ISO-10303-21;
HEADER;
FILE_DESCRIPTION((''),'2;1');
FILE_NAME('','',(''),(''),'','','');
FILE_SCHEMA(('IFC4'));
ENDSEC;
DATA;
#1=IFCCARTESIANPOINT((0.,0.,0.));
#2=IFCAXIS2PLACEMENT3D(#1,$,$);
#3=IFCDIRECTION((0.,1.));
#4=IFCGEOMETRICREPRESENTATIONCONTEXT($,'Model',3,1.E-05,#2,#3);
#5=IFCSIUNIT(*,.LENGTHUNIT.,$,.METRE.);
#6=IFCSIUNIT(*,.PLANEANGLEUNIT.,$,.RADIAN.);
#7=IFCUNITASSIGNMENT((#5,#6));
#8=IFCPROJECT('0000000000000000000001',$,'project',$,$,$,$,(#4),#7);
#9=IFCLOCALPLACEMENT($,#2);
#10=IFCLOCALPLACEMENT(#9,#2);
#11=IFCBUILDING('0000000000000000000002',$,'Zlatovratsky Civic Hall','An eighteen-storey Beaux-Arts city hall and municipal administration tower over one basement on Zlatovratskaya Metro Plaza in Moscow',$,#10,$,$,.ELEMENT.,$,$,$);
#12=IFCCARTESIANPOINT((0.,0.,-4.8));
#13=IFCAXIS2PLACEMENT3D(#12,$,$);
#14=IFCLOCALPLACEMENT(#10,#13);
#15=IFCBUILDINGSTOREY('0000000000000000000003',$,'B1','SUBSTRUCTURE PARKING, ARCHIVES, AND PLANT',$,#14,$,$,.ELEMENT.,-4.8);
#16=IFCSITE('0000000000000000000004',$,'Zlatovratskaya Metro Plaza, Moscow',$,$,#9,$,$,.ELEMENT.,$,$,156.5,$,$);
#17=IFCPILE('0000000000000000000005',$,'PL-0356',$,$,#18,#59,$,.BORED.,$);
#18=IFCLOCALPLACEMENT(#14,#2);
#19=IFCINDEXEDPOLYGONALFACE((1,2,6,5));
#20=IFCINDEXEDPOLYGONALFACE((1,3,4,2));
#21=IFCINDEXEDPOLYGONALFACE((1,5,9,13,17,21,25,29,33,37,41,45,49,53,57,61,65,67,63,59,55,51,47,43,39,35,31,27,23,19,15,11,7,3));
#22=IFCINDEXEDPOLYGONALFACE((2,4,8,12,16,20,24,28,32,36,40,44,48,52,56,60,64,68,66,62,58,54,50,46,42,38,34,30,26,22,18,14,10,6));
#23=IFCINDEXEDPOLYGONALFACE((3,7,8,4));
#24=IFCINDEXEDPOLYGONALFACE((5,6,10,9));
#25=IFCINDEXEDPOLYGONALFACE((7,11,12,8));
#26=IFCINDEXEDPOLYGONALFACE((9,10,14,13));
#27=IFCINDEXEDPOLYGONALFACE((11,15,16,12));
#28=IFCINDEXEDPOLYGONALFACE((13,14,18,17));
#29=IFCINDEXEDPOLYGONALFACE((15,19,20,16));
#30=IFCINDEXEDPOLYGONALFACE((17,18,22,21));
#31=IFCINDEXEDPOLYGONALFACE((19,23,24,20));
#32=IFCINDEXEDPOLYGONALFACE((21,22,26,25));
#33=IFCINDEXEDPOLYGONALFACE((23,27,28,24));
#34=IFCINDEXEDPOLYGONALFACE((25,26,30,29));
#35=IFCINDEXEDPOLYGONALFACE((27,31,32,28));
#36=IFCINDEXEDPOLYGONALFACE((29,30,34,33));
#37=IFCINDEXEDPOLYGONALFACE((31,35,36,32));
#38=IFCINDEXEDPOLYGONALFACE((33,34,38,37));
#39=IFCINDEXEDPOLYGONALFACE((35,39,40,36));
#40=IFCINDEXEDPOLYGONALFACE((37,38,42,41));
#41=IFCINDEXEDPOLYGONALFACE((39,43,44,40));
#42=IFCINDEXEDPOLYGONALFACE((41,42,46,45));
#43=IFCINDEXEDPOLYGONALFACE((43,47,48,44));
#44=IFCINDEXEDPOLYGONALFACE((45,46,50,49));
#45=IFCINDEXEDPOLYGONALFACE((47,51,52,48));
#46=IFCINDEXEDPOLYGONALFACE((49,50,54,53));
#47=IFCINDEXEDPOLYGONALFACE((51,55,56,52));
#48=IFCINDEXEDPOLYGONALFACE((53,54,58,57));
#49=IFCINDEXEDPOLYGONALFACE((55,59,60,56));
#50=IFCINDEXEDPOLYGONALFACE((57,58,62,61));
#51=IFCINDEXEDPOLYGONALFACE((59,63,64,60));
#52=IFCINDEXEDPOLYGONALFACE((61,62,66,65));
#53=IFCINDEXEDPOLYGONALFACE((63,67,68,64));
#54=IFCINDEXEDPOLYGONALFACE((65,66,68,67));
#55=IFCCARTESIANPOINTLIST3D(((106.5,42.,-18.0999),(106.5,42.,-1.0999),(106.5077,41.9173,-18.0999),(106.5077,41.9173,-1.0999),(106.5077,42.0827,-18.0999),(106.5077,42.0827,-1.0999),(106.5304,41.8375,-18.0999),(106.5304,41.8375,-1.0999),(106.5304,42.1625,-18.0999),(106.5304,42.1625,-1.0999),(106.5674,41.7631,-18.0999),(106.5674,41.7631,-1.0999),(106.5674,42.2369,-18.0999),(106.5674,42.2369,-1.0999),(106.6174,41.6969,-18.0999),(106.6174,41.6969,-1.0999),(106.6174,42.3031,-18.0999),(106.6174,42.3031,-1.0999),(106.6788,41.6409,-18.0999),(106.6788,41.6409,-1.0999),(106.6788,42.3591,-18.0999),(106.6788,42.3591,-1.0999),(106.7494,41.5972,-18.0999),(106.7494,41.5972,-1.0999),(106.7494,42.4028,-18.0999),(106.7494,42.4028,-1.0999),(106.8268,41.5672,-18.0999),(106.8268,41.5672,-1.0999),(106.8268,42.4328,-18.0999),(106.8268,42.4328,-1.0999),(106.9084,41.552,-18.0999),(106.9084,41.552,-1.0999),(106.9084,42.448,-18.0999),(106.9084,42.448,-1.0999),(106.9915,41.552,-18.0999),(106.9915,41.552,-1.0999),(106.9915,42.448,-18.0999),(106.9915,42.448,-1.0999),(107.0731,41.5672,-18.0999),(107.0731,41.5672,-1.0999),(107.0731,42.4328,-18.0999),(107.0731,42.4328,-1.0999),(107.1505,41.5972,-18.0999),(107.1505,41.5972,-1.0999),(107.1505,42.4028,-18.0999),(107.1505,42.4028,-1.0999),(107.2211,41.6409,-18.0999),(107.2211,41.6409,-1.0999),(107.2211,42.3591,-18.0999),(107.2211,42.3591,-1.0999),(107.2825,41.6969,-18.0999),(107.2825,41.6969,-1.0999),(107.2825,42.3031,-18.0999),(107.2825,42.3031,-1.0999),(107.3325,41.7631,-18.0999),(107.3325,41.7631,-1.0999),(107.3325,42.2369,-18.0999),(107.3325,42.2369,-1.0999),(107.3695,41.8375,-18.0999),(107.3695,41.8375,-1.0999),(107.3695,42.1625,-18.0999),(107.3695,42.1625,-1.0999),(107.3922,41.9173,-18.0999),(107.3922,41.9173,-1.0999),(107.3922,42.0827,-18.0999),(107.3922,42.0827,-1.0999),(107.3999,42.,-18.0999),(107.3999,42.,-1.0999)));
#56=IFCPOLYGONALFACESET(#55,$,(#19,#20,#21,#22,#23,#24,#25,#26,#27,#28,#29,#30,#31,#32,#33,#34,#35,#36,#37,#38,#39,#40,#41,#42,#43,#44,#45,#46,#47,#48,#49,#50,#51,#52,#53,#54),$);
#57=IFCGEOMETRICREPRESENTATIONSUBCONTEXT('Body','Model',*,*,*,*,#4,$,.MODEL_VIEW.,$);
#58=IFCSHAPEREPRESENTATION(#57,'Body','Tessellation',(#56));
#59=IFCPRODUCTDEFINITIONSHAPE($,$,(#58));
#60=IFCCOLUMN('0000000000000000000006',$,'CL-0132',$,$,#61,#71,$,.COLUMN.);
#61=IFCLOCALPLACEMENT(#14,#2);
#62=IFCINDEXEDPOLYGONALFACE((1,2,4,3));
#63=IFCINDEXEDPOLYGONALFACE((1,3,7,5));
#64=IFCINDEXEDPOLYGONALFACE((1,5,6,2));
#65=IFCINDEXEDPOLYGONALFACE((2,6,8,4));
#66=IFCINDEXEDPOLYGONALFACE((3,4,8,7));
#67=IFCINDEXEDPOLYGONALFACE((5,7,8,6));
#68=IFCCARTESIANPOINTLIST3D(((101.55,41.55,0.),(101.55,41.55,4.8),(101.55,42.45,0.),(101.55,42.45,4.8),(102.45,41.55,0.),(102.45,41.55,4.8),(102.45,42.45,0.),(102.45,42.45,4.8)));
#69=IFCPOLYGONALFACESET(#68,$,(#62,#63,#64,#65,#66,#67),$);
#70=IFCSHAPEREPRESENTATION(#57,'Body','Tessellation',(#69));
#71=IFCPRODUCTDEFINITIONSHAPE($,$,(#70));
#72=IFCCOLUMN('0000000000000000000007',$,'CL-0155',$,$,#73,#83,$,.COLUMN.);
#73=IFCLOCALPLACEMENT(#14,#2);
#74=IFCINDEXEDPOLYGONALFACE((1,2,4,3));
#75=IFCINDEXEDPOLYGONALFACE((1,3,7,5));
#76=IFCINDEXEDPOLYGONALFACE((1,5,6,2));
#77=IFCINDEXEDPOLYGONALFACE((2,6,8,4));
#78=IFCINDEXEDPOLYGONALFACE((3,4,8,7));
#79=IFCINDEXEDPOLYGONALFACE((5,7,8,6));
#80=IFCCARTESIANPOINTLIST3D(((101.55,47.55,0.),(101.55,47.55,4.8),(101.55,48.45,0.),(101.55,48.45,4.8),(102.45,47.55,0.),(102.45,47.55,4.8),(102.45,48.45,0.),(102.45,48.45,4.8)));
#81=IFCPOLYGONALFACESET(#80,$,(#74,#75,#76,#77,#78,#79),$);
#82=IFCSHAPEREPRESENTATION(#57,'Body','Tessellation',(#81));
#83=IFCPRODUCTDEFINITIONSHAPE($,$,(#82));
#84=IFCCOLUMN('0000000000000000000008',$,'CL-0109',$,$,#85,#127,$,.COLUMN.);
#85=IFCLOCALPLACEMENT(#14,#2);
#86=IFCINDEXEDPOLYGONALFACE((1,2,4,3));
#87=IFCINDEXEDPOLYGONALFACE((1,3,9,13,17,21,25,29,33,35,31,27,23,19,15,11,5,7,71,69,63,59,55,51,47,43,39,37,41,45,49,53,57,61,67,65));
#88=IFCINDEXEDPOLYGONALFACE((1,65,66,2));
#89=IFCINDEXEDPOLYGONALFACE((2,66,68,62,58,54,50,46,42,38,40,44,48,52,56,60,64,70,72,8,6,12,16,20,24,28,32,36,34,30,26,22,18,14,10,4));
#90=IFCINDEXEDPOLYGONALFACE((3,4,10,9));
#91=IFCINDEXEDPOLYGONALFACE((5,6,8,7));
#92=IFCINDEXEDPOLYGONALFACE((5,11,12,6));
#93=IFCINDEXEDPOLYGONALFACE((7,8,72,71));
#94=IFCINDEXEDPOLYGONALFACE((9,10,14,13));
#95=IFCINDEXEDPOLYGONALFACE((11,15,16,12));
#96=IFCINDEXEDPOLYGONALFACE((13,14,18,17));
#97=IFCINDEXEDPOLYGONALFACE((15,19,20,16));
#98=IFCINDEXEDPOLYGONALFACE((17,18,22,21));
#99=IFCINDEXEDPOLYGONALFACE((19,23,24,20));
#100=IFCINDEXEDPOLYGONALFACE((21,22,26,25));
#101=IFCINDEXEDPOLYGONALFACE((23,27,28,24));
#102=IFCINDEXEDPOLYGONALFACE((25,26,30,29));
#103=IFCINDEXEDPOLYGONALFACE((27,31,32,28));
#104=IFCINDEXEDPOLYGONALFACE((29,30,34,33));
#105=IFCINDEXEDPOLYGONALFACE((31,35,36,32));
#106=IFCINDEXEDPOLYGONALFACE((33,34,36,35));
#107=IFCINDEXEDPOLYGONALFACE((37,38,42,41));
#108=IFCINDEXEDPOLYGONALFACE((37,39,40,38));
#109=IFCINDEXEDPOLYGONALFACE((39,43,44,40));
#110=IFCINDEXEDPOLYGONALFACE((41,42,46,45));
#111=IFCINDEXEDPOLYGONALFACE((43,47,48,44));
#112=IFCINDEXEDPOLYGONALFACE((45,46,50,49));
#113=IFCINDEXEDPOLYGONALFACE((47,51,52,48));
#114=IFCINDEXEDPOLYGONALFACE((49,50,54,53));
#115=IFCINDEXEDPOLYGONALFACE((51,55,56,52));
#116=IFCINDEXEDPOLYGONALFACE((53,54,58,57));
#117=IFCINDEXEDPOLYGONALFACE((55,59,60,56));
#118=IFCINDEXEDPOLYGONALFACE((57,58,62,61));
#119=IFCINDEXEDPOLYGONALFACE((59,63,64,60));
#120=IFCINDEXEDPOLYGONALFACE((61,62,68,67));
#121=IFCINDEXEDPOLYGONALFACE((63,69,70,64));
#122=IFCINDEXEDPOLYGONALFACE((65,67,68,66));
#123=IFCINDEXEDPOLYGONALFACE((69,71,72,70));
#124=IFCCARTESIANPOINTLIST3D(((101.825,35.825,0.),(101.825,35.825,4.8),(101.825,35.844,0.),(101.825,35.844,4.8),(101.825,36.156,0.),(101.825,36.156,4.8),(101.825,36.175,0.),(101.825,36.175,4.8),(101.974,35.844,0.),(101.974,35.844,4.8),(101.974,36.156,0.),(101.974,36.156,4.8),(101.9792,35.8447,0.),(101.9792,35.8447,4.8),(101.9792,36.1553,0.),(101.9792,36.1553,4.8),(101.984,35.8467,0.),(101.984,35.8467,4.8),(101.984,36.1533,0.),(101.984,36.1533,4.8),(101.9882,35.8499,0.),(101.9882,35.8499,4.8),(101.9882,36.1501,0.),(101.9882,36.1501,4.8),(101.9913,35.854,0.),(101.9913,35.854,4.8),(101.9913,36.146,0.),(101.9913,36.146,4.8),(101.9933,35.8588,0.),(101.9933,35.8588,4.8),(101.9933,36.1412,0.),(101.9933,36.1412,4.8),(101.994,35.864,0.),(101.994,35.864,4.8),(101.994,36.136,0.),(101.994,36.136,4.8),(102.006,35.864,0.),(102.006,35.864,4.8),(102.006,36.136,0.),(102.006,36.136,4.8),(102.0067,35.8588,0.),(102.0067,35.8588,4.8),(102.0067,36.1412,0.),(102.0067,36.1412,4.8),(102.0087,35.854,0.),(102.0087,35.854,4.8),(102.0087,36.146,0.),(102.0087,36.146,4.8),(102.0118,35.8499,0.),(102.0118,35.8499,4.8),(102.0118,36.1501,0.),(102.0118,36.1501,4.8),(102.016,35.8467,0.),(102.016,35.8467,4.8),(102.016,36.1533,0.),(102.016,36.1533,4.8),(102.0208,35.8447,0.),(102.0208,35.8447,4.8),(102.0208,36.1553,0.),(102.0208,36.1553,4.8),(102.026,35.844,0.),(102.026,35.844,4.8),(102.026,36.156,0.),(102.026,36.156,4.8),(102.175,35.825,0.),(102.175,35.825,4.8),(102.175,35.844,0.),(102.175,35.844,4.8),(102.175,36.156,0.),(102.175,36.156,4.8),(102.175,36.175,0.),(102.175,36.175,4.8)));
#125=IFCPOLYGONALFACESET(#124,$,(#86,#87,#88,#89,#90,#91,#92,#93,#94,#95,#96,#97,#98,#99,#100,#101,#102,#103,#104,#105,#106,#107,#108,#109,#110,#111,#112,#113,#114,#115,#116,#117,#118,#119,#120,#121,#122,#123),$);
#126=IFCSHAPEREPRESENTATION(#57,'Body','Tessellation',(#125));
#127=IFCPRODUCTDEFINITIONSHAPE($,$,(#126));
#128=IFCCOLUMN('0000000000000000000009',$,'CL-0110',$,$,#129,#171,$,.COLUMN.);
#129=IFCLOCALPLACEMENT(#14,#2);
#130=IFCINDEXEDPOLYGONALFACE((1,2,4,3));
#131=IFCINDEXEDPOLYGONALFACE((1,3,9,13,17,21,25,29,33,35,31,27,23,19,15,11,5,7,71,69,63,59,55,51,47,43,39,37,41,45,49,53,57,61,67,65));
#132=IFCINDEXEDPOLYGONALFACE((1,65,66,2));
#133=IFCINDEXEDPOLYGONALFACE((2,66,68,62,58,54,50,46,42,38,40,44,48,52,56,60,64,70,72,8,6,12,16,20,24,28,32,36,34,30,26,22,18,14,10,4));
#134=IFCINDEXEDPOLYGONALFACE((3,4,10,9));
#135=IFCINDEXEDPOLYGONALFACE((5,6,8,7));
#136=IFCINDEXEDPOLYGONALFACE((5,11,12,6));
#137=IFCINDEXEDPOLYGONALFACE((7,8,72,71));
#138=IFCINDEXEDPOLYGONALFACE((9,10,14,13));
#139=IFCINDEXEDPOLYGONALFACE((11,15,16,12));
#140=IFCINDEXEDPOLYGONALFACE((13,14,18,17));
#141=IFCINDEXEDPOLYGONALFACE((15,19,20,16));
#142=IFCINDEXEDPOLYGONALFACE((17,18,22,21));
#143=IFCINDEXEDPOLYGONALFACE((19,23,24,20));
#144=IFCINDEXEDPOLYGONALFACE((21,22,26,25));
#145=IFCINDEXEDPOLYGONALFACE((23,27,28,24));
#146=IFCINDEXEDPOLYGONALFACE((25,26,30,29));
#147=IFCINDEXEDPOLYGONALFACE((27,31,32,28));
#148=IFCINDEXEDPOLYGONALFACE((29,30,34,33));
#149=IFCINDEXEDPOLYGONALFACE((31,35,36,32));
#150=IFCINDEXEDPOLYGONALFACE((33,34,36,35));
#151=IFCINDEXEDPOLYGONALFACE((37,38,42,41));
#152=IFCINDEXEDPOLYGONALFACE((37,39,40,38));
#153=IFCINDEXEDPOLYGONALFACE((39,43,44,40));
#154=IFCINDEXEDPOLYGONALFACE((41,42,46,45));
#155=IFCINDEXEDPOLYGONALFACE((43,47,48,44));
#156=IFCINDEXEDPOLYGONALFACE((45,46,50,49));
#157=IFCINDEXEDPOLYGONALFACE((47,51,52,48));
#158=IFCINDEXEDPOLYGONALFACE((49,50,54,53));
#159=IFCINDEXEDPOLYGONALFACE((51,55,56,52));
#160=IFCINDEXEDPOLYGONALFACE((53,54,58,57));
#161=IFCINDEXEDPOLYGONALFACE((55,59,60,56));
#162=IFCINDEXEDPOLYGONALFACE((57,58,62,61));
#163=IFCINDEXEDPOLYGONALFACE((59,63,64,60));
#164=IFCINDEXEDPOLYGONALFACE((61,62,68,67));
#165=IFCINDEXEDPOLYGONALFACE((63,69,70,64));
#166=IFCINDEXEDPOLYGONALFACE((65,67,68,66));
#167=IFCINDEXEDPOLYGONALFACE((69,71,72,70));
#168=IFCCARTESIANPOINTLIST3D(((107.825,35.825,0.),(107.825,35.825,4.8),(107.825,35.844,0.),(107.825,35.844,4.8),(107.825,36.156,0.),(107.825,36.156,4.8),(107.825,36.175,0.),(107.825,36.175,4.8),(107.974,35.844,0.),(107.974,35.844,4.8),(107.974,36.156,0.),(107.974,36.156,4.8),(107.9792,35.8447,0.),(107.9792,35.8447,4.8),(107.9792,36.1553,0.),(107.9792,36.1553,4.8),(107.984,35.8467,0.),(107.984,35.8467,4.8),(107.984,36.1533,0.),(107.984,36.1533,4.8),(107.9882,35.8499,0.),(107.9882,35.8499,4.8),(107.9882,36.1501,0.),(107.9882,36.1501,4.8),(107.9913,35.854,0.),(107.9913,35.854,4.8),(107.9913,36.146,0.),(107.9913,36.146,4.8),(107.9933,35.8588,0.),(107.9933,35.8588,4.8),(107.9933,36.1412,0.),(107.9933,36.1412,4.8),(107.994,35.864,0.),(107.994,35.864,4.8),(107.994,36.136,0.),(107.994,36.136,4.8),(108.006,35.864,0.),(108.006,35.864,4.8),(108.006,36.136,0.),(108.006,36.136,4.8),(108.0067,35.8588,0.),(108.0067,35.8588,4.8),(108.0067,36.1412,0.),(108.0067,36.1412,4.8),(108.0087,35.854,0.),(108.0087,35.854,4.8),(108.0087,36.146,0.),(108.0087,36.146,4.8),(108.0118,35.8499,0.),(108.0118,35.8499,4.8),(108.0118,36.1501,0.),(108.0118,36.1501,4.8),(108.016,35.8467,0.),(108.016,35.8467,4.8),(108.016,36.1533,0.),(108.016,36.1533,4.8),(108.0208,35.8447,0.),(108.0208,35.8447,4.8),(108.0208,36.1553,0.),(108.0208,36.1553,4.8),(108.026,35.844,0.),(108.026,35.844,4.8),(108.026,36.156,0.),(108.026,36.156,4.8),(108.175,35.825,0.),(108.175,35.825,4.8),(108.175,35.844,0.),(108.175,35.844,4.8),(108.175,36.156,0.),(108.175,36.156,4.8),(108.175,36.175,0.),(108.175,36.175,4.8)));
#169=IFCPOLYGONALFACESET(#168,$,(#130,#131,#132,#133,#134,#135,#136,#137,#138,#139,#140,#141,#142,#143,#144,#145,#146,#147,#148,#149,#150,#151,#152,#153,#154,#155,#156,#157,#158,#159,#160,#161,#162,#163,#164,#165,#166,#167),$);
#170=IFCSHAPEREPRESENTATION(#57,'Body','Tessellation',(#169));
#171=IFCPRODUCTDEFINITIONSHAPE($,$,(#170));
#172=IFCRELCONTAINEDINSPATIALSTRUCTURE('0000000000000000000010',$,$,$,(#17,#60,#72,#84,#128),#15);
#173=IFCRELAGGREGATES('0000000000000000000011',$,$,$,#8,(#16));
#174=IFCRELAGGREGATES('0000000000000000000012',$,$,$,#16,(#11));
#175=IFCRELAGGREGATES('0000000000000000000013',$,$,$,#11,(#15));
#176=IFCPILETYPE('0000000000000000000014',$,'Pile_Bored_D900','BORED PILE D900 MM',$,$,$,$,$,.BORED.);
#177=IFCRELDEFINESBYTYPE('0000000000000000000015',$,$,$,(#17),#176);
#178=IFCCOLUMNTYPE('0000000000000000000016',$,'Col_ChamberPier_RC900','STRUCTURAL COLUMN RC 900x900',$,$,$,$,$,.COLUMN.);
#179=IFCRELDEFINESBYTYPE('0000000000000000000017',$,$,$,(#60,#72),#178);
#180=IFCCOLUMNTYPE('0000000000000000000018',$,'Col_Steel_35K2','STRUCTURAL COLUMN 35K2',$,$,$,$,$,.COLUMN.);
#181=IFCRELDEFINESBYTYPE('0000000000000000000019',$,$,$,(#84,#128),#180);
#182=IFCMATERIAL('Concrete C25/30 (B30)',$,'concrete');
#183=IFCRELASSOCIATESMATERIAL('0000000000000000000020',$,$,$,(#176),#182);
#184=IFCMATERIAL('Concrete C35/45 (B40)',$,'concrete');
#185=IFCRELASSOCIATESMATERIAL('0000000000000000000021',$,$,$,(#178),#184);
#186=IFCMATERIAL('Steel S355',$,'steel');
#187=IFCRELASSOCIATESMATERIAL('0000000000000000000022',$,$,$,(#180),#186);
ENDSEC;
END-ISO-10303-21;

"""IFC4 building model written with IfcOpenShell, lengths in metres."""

from ifc_helpers import new_model, si_unit, direction, frame, origin, origin_2d, place, context, subcontext, project, spatial, rectangle, circle, i_section, extrude, material, material_profile, profile_set, type_object, element, save


model = new_model("IFC4")

# Units and contexts
model_context = context("Model", 3, precision=1e-05, world=origin(), true_north=direction((0.0, 1.0)))
body_context = subcontext(model_context, "Body", "Model", "MODEL_VIEW")
ifc_project = project(units=[si_unit("LENGTHUNIT", "METRE"), si_unit("PLANEANGLEUNIT", "RADIAN")], contexts=[model_context])

# Site, building, storey
site_placement = place(None, origin())
site = spatial("IfcSite", under=ifc_project, at=site_placement, Name="Zlatovratskaya Metro Plaza, Moscow", CompositionType="ELEMENT", RefElevation=156.5)
building_placement = place(site_placement, origin())
building = spatial("IfcBuilding", under=site, at=building_placement, Name="Zlatovratsky Civic Hall", Description="An eighteen-storey Beaux-Arts city hall and municipal administration tower over one basement on Zlatovratskaya Metro Plaza in Moscow", CompositionType="ELEMENT")
storey_placement = place(building_placement, frame((0.0, 0.0, -4.8)))
storey = spatial("IfcBuildingStorey", under=building, at=storey_placement, Name="B1", Description="SUBSTRUCTURE PARKING, ARCHIVES, AND PLANT", CompositionType="ELEMENT", Elevation=-4.8)

# Shared definitions
ifc_material_1 = material(Name="Concrete C25/30 (B30)", Category="concrete")

# Pile
ifc_material_profile_1 = material_profile(ifc_material_1, circle(Radius=0.45, at=origin_2d()), Name="PILE D900")
ifc_profile_set_1 = profile_set([ifc_material_profile_1], Name="Concrete C25/30 (B30)")
pile_type_1 = type_object("IfcPileType", Name="Pile_Bored_D900", Description="BORED PILE D900 MM", PredefinedType="BORED", material=ifc_profile_set_1)
pile_1_placement = place(storey_placement, frame((106.95, 42.0, -1.0999), z_axis=(0.0, 0.0, -1.0), x_axis=(1.0, 0.0, 0.0)))
element("IfcPile", 1, at=pile_1_placement, inside=storey, type_object=pile_type_1, Name="PL-0356", PredefinedType="BORED", context=body_context, shape_type="SweptSolid", body=[
    extrude(circle(Radius=0.45, at=origin_2d()), origin(), (0.0, 0.0, 1.0), 17.0),
])

# Columns
ifc_material_2 = material(Name="Concrete C35/45 (B40)", Category="concrete")
ifc_material_profile_2 = material_profile(ifc_material_2, rectangle(XDim=0.8999, YDim=0.8999, at=origin_2d()), Name="RC 900x900")
ifc_profile_set_2 = profile_set([ifc_material_profile_2], Name="Concrete C35/45 (B40)")
column_type_1 = type_object("IfcColumnType", Name="Col_ChamberPier_RC900", Description="STRUCTURAL COLUMN RC 900x900", PredefinedType="COLUMN", material=ifc_profile_set_2)
for number, where, z_axis, x_axis, name in (
    (2, (102.0, 42.0, 0.0), (0.0, 0.0, 1.0), (1.0, 0.0, 0.0), "CL-0132"),
    (3, (102.0, 48.0, 0.0), (0.0, 0.0, 1.0), (1.0, 0.0, 0.0), "CL-0155"),
):
    element("IfcColumn", number, at=place(storey_placement, frame(where, z_axis=z_axis, x_axis=x_axis)), inside=storey, type_object=column_type_1, Name=name, PredefinedType="COLUMN", context=body_context, shape_type="SweptSolid", body=[
        extrude(rectangle(XDim=0.8999, YDim=0.8999, at=origin_2d()), origin(), (0.0, 0.0, 1.0), 4.8),
    ])
ifc_material_3 = material(Name="Steel S355", Category="steel")
ifc_material_profile_3 = material_profile(ifc_material_3, i_section(OverallWidth=0.3501, OverallDepth=0.3501, WebThickness=0.012, FlangeThickness=0.019, FilletRadius=0.02, at=origin_2d()), Name="35K2")
ifc_profile_set_3 = profile_set([ifc_material_profile_3], Name="Steel S355")
column_type_2 = type_object("IfcColumnType", Name="Col_Steel_35K2", Description="STRUCTURAL COLUMN 35K2", PredefinedType="COLUMN", material=ifc_profile_set_3)
for number, where, z_axis, x_axis, name in (
    (4, (102.0, 36.0, 0.0), (0.0, 0.0, 1.0), (1.0, 0.0, 0.0), "CL-0109"),
    (5, (108.0, 36.0, 0.0), (0.0, 0.0, 1.0), (1.0, 0.0, 0.0), "CL-0110"),
):
    element("IfcColumn", number, at=place(storey_placement, frame(where, z_axis=z_axis, x_axis=x_axis)), inside=storey, type_object=column_type_2, Name=name, PredefinedType="COLUMN", context=body_context, shape_type="SweptSolid", body=[
        extrude(i_section(OverallWidth=0.3501, OverallDepth=0.3501, WebThickness=0.012, FlangeThickness=0.019, FilletRadius=0.02, at=origin_2d()), origin(), (0.0, 0.0, 1.0), 4.8),
    ])

save(model, "model.ifc")
